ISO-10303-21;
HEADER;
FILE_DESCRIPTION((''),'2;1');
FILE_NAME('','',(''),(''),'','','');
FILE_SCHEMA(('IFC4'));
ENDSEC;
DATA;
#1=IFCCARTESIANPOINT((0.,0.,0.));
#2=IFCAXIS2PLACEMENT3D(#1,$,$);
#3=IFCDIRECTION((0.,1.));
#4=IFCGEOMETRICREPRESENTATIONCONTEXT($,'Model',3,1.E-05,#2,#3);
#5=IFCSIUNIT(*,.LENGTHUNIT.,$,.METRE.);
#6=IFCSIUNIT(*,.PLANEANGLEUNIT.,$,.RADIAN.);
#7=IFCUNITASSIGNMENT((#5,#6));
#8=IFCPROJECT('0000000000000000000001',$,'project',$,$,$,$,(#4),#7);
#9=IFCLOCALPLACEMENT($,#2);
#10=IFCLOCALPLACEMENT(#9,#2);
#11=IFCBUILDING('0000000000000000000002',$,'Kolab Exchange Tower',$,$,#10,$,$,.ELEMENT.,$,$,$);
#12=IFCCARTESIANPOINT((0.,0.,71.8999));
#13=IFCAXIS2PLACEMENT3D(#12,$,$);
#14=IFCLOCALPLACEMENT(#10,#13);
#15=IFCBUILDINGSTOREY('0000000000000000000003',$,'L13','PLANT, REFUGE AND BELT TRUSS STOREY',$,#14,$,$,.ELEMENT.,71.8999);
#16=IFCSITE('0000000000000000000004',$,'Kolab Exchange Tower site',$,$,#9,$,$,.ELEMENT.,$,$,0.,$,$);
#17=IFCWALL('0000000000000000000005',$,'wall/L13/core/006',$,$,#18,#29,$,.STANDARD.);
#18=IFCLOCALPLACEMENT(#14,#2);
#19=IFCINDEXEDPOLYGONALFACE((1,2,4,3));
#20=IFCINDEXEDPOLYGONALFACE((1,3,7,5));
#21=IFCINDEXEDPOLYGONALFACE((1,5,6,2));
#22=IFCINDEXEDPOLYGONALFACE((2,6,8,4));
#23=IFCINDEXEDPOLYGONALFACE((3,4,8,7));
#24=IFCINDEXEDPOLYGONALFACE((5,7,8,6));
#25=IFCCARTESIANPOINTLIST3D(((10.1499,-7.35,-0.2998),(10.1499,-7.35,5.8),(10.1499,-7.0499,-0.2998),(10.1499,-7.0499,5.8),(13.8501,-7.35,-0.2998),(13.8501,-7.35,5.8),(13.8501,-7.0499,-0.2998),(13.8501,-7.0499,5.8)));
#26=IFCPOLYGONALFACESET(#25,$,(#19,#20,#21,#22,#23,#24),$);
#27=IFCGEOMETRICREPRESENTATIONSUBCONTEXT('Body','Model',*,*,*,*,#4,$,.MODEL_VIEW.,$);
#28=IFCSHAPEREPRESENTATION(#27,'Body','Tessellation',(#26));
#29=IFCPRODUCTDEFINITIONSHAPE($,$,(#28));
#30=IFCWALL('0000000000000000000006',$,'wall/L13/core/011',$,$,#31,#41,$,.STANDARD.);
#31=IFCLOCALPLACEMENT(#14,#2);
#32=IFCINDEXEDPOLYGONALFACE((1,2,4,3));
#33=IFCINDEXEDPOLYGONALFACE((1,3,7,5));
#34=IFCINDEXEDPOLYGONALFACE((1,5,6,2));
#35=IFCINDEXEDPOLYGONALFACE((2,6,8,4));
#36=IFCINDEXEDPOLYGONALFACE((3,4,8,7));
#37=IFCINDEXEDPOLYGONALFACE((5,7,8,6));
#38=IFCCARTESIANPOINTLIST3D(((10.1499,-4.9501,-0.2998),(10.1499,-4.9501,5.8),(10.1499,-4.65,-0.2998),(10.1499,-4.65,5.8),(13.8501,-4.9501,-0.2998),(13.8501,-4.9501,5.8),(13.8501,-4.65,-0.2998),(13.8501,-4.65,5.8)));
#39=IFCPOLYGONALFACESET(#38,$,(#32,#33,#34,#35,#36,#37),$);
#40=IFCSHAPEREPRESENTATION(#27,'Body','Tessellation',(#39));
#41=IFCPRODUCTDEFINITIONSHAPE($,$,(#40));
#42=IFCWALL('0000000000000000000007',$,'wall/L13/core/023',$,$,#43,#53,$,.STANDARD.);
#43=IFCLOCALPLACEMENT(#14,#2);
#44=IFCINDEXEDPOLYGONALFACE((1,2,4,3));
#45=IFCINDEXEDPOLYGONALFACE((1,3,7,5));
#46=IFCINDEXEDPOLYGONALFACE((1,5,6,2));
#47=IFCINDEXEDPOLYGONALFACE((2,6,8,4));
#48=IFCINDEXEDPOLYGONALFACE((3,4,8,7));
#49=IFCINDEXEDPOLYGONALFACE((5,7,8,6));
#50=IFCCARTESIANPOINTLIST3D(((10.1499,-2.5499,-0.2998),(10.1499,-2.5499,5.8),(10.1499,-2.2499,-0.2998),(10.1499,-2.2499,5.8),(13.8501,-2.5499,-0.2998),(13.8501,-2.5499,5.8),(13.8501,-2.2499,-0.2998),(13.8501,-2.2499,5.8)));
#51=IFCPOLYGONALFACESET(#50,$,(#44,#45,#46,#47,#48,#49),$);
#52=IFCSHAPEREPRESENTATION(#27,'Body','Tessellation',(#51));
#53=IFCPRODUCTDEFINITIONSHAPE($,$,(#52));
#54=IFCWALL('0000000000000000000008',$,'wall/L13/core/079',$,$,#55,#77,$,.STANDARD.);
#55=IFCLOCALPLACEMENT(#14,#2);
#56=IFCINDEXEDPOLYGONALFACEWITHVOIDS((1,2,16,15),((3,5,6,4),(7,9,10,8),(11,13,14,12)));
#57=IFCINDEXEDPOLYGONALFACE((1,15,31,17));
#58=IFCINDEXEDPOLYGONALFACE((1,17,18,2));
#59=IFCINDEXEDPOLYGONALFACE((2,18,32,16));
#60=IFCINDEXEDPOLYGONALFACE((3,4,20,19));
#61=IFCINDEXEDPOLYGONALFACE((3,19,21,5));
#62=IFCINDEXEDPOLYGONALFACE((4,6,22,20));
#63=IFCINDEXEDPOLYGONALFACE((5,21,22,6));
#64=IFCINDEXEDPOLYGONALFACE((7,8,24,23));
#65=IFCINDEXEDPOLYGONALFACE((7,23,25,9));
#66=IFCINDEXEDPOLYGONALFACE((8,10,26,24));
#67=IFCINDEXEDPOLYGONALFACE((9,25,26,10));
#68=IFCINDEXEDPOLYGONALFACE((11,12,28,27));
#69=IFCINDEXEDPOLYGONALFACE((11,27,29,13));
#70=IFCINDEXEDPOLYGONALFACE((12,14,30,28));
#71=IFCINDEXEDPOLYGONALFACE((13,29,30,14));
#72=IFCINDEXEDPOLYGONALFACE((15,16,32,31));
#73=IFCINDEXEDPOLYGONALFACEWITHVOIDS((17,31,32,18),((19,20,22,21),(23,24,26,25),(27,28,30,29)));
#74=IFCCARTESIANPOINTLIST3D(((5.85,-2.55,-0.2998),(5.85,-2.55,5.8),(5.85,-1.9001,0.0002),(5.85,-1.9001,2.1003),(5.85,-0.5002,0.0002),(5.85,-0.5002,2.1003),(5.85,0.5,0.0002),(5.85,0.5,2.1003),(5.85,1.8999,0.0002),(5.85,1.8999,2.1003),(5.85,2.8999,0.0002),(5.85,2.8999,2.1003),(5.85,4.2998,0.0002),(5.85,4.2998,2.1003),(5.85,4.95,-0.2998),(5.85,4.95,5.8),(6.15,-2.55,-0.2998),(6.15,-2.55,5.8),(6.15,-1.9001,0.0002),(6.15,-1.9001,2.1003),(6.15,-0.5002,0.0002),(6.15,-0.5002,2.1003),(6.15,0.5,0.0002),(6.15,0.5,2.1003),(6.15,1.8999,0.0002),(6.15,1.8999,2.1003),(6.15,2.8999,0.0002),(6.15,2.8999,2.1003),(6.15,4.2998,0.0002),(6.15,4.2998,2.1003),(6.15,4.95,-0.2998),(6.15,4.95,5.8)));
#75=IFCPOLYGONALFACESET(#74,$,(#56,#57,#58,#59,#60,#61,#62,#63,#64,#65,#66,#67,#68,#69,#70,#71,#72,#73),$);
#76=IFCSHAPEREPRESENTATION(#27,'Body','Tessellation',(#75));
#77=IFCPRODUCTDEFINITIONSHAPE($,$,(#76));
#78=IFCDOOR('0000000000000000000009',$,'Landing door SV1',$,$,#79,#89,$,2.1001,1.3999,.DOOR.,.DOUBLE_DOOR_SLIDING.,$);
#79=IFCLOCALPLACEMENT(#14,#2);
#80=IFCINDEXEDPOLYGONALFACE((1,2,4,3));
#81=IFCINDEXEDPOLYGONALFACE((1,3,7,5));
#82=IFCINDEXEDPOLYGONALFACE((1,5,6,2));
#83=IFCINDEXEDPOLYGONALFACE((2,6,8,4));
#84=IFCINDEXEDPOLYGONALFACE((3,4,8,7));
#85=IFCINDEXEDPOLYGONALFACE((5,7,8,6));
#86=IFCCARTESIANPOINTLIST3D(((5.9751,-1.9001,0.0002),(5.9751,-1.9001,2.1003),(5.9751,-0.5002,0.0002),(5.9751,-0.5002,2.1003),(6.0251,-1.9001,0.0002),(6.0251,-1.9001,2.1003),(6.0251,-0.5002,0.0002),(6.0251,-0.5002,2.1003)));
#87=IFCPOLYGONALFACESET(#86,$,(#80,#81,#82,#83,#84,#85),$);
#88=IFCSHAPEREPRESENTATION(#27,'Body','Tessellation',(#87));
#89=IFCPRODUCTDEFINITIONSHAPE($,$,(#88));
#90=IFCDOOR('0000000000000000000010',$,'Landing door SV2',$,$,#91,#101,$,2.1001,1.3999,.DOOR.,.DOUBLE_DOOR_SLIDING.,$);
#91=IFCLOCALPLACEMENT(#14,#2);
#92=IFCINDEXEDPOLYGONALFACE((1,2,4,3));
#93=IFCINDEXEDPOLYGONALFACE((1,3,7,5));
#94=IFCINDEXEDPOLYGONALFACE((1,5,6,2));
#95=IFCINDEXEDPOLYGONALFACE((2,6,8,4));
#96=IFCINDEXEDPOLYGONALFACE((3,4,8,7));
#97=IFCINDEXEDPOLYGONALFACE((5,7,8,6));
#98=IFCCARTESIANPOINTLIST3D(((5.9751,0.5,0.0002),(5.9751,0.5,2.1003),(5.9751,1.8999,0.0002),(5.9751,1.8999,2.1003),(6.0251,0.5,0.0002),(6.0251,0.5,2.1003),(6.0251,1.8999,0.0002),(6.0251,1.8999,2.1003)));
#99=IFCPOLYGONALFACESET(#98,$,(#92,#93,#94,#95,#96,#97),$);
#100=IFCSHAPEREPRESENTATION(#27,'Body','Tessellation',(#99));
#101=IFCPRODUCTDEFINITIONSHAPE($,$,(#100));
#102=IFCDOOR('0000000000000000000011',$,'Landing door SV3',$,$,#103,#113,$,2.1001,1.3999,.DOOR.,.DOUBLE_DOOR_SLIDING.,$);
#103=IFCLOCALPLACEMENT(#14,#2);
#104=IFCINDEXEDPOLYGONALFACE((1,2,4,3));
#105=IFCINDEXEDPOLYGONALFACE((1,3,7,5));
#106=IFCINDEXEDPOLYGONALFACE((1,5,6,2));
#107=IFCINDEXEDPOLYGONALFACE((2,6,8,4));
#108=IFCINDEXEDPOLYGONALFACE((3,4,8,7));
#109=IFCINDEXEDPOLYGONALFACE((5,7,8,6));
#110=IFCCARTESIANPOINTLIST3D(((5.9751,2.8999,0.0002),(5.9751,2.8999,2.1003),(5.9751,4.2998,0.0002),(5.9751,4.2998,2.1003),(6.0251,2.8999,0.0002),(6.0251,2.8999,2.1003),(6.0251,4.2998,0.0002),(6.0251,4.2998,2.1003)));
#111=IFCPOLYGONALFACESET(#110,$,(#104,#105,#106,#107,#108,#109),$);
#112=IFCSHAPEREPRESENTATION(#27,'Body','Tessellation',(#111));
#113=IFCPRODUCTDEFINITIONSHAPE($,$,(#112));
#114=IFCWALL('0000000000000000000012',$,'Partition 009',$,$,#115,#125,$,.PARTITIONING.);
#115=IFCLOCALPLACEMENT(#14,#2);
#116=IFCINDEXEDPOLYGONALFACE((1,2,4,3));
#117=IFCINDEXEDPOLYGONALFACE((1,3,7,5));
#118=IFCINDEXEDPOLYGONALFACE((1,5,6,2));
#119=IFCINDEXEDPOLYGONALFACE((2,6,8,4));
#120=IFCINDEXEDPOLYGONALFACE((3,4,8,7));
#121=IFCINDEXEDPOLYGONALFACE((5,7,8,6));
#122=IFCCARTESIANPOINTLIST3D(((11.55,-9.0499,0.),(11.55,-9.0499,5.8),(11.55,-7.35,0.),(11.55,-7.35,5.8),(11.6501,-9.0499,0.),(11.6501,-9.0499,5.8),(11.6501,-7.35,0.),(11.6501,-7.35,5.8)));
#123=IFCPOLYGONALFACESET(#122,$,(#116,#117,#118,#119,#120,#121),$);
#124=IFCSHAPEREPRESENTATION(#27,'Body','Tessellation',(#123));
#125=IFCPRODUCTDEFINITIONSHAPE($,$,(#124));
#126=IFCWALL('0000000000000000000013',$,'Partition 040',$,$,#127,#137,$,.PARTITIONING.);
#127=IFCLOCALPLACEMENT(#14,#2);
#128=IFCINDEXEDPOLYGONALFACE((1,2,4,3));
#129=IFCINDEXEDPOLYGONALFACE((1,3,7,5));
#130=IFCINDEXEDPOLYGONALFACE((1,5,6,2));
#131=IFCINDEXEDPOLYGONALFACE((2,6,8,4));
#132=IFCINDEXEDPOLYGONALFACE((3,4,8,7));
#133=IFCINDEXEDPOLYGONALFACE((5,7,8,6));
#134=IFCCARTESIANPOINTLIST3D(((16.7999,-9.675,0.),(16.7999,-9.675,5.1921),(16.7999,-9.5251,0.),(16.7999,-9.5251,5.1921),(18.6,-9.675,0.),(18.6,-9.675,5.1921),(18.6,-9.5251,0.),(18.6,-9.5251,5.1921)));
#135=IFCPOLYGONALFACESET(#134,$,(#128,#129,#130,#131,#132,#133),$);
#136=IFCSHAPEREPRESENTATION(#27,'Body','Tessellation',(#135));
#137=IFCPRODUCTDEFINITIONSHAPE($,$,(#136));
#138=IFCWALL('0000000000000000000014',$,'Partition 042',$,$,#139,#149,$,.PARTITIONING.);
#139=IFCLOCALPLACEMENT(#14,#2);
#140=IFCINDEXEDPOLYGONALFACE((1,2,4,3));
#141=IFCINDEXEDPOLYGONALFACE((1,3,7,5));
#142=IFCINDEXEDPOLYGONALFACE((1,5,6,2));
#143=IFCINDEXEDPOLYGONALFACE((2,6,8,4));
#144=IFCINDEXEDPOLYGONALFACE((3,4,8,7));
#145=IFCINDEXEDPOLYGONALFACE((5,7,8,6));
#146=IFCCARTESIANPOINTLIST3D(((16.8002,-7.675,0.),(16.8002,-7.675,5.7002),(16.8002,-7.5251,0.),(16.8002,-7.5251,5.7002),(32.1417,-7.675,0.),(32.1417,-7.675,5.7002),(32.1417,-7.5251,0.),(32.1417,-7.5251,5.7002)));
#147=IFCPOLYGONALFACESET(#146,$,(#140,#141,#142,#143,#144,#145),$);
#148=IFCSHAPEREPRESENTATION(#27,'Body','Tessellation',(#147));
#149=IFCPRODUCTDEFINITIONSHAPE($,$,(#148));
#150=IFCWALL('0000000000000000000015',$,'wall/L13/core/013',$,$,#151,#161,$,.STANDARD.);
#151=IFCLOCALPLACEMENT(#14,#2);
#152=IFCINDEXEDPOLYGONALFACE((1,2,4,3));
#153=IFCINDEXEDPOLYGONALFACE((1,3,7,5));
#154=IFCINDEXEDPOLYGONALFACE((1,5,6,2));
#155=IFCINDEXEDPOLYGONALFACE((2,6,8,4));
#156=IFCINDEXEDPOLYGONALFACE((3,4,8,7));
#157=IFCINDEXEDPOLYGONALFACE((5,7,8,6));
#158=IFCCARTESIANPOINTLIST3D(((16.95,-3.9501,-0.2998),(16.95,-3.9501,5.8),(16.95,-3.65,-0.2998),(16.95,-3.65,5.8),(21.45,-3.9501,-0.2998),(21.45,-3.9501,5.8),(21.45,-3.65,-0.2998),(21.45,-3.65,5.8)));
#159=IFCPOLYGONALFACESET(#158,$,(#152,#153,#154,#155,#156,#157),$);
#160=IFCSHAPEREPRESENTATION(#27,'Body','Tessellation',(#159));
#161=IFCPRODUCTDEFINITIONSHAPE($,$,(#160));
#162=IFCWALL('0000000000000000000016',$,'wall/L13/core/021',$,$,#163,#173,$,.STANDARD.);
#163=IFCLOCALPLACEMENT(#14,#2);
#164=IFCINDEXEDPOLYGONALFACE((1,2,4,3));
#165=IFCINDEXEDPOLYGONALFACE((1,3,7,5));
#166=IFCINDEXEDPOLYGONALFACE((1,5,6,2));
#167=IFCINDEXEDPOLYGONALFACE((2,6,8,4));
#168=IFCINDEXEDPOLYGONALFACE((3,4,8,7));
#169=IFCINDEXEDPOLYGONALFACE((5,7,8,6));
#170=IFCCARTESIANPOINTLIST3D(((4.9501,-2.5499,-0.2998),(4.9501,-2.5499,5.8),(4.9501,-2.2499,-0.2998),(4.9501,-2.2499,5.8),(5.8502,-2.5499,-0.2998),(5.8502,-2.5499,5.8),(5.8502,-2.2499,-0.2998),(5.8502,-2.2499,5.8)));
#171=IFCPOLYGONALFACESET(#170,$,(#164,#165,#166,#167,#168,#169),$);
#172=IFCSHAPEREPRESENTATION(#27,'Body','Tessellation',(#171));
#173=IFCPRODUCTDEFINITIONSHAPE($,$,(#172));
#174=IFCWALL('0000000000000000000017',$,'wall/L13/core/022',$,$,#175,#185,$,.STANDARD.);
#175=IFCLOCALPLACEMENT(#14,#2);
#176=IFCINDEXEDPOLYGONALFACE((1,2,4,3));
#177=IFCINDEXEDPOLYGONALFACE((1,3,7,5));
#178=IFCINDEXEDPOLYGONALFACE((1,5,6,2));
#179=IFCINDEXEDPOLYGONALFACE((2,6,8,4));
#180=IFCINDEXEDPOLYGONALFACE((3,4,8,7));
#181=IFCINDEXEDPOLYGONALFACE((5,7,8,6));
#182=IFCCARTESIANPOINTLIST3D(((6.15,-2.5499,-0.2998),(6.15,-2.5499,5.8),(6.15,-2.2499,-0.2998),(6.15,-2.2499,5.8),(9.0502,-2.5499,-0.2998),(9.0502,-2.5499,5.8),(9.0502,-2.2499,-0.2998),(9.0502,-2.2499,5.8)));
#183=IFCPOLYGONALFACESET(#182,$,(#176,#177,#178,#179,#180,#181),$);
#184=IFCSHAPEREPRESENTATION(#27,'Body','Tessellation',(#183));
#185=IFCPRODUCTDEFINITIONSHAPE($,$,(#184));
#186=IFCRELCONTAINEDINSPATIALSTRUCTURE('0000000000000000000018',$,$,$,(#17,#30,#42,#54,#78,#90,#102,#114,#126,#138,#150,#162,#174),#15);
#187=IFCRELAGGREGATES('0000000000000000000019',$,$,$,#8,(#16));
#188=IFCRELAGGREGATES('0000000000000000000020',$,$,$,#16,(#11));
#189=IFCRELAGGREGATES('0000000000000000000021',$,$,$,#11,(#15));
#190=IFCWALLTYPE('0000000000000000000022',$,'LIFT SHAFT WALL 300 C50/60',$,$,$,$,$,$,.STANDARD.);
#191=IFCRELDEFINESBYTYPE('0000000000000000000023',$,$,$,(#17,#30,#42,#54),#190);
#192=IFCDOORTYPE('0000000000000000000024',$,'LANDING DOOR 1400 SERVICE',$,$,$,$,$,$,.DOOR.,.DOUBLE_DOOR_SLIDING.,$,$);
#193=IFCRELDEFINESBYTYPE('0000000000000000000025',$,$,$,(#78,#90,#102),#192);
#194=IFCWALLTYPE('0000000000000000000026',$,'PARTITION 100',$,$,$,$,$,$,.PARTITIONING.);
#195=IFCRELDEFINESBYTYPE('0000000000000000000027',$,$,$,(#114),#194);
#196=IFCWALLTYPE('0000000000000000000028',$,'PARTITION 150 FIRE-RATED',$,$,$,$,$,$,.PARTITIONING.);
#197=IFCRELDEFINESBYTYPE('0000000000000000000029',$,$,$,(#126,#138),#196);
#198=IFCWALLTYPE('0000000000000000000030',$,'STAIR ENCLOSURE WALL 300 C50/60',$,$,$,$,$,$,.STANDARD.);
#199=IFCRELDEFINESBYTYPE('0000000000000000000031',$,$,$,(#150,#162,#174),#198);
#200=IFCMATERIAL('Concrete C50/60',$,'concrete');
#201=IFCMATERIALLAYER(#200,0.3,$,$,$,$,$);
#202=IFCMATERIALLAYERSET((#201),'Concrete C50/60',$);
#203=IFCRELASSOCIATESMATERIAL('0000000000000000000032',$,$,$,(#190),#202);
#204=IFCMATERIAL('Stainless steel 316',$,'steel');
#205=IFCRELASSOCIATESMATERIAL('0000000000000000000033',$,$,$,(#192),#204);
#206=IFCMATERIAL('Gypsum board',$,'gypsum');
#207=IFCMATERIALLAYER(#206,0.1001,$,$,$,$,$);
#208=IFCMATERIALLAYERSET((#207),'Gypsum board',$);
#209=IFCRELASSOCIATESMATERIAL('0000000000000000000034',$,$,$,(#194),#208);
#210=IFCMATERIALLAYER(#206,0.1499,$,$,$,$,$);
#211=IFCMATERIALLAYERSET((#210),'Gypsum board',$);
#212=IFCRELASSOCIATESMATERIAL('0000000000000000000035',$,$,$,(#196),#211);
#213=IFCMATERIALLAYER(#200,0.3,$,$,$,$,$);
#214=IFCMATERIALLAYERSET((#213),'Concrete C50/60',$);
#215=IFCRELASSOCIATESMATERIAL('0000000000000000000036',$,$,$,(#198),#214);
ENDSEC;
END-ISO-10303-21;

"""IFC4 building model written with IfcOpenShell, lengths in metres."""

from ifc_helpers import new_model, si_unit, direction, frame, frame_2d, origin, place, context, subcontext, project, spatial, rectangle, extrude, material, layer, layer_set, type_object, element, fill, save


model = new_model("IFC4")

# Units and contexts
model_context = context("Model", 3, precision=1e-05, world=origin(), true_north=direction((0.0, 1.0)))
body_context = subcontext(model_context, "Body", "Model", "MODEL_VIEW")
ifc_project = project(units=[si_unit("LENGTHUNIT", "METRE"), si_unit("PLANEANGLEUNIT", "RADIAN")], contexts=[model_context])

# Site, building, storey
site_placement = place(None, origin())
site = spatial("IfcSite", under=ifc_project, at=site_placement, Name="Kolab Exchange Tower site", CompositionType="ELEMENT", RefElevation=0.0)
building_placement = place(site_placement, origin())
building = spatial("IfcBuilding", under=site, at=building_placement, Name="Kolab Exchange Tower", CompositionType="ELEMENT")
storey_placement = place(building_placement, frame((0.0, 0.0, 71.8999)))
storey = spatial("IfcBuildingStorey", under=building, at=storey_placement, Name="L13", Description="PLANT, REFUGE AND BELT TRUSS STOREY", CompositionType="ELEMENT", Elevation=71.8999)

# Walls
ifc_material_1 = material(Name="Concrete C50/60", Category="concrete")
ifc_layer_1 = layer(ifc_material_1, 0.3)
ifc_layer_set_1 = layer_set([ifc_layer_1], Name="Concrete C50/60")
wall_type_1 = type_object("IfcWallType", Name="LIFT SHAFT WALL 300 C50/60", PredefinedType="STANDARD", material=ifc_layer_set_1)
for number, where, z_axis, x_axis, name in (
    (1, (10.1499, -7.2, -0.2998), (0.0, 0.0, 1.0), (1.0, 0.0, 0.0), "wall/L13/core/006"),
    (2, (10.1499, -4.8, -0.2998), (0.0, 0.0, 1.0), (1.0, 0.0, 0.0), "wall/L13/core/011"),
    (3, (10.1499, -2.3999, -0.2998), (0.0, 0.0, 1.0), (1.0, 0.0, 0.0), "wall/L13/core/023"),
):
    element("IfcWall", number, at=place(storey_placement, frame(where, z_axis=z_axis, x_axis=x_axis)), inside=storey, type_object=wall_type_1, Name=name, PredefinedType="STANDARD", context=body_context, shape_type="SweptSolid", body=[
        extrude(rectangle(XDim=3.7002, YDim=0.3, at=frame_2d((1.8501, 0.0))), origin(), (0.0, 0.0, 1.0), 6.0999),
    ])

# Wall, openings, doors
wall_1_placement = place(storey_placement, frame((6.0, -2.55, -0.2998), z_axis=(0.0, 0.0, 1.0), x_axis=(0.0, 1.0, 0.0)))
wall_1 = element("IfcWall", 4, at=wall_1_placement, inside=storey, type_object=wall_type_1, Name="wall/L13/core/079", PredefinedType="STANDARD", context=body_context, shape_type="SweptSolid", body=[
    extrude(rectangle(XDim=7.5, YDim=0.3, at=frame_2d((3.75, 0.0))), origin(), (0.0, 0.0, 1.0), 6.0999),
])
opening_1_placement = place(wall_1_placement, frame((0.6499, 0.0, 0.3)))
opening_1 = element("IfcOpeningElement", 5, at=opening_1_placement, cuts=wall_1, PredefinedType="OPENING", context=body_context, shape_type="SweptSolid", body=[
    extrude(rectangle(XDim=1.3999, YDim=2.1001, at=frame_2d((0.7, 1.05))), frame((0.0, 0.1602, 0.0), z_axis=(0.0, -1.0, 0.0), x_axis=(1.0, 0.0, 0.0)), (0.0, 0.0, 1.0), 0.3201),
])
opening_2_placement = place(wall_1_placement, frame((3.05, 0.0, 0.3)))
opening_2 = element("IfcOpeningElement", 6, at=opening_2_placement, cuts=wall_1, PredefinedType="OPENING", context=body_context, shape_type="SweptSolid", body=[
    extrude(rectangle(XDim=1.3999, YDim=2.1001, at=frame_2d((0.7, 1.05))), frame((0.0, 0.1602, 0.0), z_axis=(0.0, -1.0, 0.0), x_axis=(1.0, 0.0, 0.0)), (0.0, 0.0, 1.0), 0.3201),
])
opening_3_placement = place(wall_1_placement, frame((5.45, 0.0, 0.3)))
opening_3 = element("IfcOpeningElement", 7, at=opening_3_placement, cuts=wall_1, PredefinedType="OPENING", context=body_context, shape_type="SweptSolid", body=[
    extrude(rectangle(XDim=1.3999, YDim=2.1001, at=frame_2d((0.7, 1.05))), frame((0.0, 0.1602, 0.0), z_axis=(0.0, -1.0, 0.0), x_axis=(1.0, 0.0, 0.0)), (0.0, 0.0, 1.0), 0.3201),
])
ifc_material_2 = material(Name="Stainless steel 316", Category="steel")
door_type_1 = type_object("IfcDoorType", Name="LANDING DOOR 1400 SERVICE", OperationType="DOUBLE_DOOR_SLIDING", PredefinedType="DOOR", material=ifc_material_2)
door_1_placement = place(opening_1_placement, origin())
door_1 = element("IfcDoor", 8, at=door_1_placement, inside=storey, type_object=door_type_1, Name="Landing door SV1", OperationType="DOUBLE_DOOR_SLIDING", OverallHeight=2.1001, OverallWidth=1.3999, PredefinedType="DOOR", context=body_context, shape_type="SweptSolid", body=[
    extrude(rectangle(XDim=1.3999, YDim=2.1001, at=frame_2d((0.7, 1.05))), frame((0.0, 0.0249, 0.0), z_axis=(0.0, -1.0, 0.0), x_axis=(1.0, 0.0, 0.0)), (0.0, 0.0, 1.0), 0.05),
])
fill(opening_1, door_1)
door_2_placement = place(opening_2_placement, origin())
door_2 = element("IfcDoor", 9, at=door_2_placement, inside=storey, type_object=door_type_1, Name="Landing door SV2", OperationType="DOUBLE_DOOR_SLIDING", OverallHeight=2.1001, OverallWidth=1.3999, PredefinedType="DOOR", context=body_context, shape_type="SweptSolid", body=[
    extrude(rectangle(XDim=1.3999, YDim=2.1001, at=frame_2d((0.7, 1.05))), frame((0.0, 0.0249, 0.0), z_axis=(0.0, -1.0, 0.0), x_axis=(1.0, 0.0, 0.0)), (0.0, 0.0, 1.0), 0.05),
])
fill(opening_2, door_2)
door_3_placement = place(opening_3_placement, origin())
door_3 = element("IfcDoor", 10, at=door_3_placement, inside=storey, type_object=door_type_1, Name="Landing door SV3", OperationType="DOUBLE_DOOR_SLIDING", OverallHeight=2.1001, OverallWidth=1.3999, PredefinedType="DOOR", context=body_context, shape_type="SweptSolid", body=[
    extrude(rectangle(XDim=1.3999, YDim=2.1001, at=frame_2d((0.7, 1.05))), frame((0.0, 0.0249, 0.0), z_axis=(0.0, -1.0, 0.0), x_axis=(1.0, 0.0, 0.0)), (0.0, 0.0, 1.0), 0.05),
])
fill(opening_3, door_3)

# Walls
ifc_material_3 = material(Name="Gypsum board", Category="gypsum")
ifc_layer_2 = layer(ifc_material_3, 0.1001)
ifc_layer_set_2 = layer_set([ifc_layer_2], Name="Gypsum board")
wall_type_2 = type_object("IfcWallType", Name="PARTITION 100", PredefinedType="PARTITIONING", material=ifc_layer_set_2)
wall_2_placement = place(storey_placement, frame((11.6001, -9.05, 0.0), z_axis=(0.0, 0.0, 1.0), x_axis=(0.0, 1.0, 0.0)))
element("IfcWall", 11, at=wall_2_placement, inside=storey, type_object=wall_type_2, Name="Partition 009", PredefinedType="PARTITIONING", context=body_context, shape_type="SweptSolid", body=[
    extrude(rectangle(XDim=1.7, YDim=0.1001, at=frame_2d((0.8501, 0.0))), origin(), (0.0, 0.0, 1.0), 5.8),
])
ifc_layer_3 = layer(ifc_material_3, 0.1499)
ifc_layer_set_3 = layer_set([ifc_layer_3], Name="Gypsum board")
wall_type_3 = type_object("IfcWallType", Name="PARTITION 150 FIRE-RATED", PredefinedType="PARTITIONING", material=ifc_layer_set_3)
wall_3_placement = place(storey_placement, frame((16.8, -9.6001, 0.0), z_axis=(0.0, 0.0, 1.0), x_axis=(1.0, 0.0, 0.0)))
element("IfcWall", 12, at=wall_3_placement, inside=storey, type_object=wall_type_3, Name="Partition 040", PredefinedType="PARTITIONING", context=body_context, shape_type="SweptSolid", body=[
    extrude(rectangle(XDim=1.8, YDim=0.1499, at=frame_2d((0.8999, 0.0))), origin(), (0.0, 0.0, 1.0), 5.1921),
])
wall_4_placement = place(storey_placement, frame((16.8, -7.6001, 0.0), z_axis=(0.0, 0.0, 1.0), x_axis=(1.0, 0.0, 0.0)))
element("IfcWall", 13, at=wall_4_placement, inside=storey, type_object=wall_type_3, Name="Partition 042", PredefinedType="PARTITIONING", context=body_context, shape_type="SweptSolid", body=[
    extrude(rectangle(XDim=15.3416, YDim=0.1499, at=frame_2d((7.6709, 0.0))), origin(), (0.0, 0.0, 1.0), 5.7002),
])
ifc_layer_4 = layer(ifc_material_1, 0.3)
ifc_layer_set_4 = layer_set([ifc_layer_4], Name="Concrete C50/60")
wall_type_4 = type_object("IfcWallType", Name="STAIR ENCLOSURE WALL 300 C50/60", PredefinedType="STANDARD", material=ifc_layer_set_4)
wall_5_placement = place(storey_placement, frame((16.95, -3.8, -0.2998), z_axis=(0.0, 0.0, 1.0), x_axis=(1.0, 0.0, 0.0)))
element("IfcWall", 14, at=wall_5_placement, inside=storey, type_object=wall_type_4, Name="wall/L13/core/013", PredefinedType="STANDARD", context=body_context, shape_type="SweptSolid", body=[
    extrude(rectangle(XDim=4.5, YDim=0.3, at=frame_2d((2.25, 0.0))), origin(), (0.0, 0.0, 1.0), 6.0999),
])
wall_6_placement = place(storey_placement, frame((4.95, -2.3999, -0.2998), z_axis=(0.0, 0.0, 1.0), x_axis=(1.0, 0.0, 0.0)))
element("IfcWall", 15, at=wall_6_placement, inside=storey, type_object=wall_type_4, Name="wall/L13/core/021", PredefinedType="STANDARD", context=body_context, shape_type="SweptSolid", body=[
    extrude(rectangle(XDim=0.9001, YDim=0.3, at=frame_2d((0.4502, 0.0))), origin(), (0.0, 0.0, 1.0), 6.0999),
])
wall_7_placement = place(storey_placement, frame((6.1499, -2.3999, -0.2998), z_axis=(0.0, 0.0, 1.0), x_axis=(1.0, 0.0, 0.0)))
element("IfcWall", 16, at=wall_7_placement, inside=storey, type_object=wall_type_4, Name="wall/L13/core/022", PredefinedType="STANDARD", context=body_context, shape_type="SweptSolid", body=[
    extrude(rectangle(XDim=2.9001, YDim=0.3, at=frame_2d((1.4502, 0.0))), origin(), (0.0, 0.0, 1.0), 6.0999),
])

save(model, "model.ifc")
